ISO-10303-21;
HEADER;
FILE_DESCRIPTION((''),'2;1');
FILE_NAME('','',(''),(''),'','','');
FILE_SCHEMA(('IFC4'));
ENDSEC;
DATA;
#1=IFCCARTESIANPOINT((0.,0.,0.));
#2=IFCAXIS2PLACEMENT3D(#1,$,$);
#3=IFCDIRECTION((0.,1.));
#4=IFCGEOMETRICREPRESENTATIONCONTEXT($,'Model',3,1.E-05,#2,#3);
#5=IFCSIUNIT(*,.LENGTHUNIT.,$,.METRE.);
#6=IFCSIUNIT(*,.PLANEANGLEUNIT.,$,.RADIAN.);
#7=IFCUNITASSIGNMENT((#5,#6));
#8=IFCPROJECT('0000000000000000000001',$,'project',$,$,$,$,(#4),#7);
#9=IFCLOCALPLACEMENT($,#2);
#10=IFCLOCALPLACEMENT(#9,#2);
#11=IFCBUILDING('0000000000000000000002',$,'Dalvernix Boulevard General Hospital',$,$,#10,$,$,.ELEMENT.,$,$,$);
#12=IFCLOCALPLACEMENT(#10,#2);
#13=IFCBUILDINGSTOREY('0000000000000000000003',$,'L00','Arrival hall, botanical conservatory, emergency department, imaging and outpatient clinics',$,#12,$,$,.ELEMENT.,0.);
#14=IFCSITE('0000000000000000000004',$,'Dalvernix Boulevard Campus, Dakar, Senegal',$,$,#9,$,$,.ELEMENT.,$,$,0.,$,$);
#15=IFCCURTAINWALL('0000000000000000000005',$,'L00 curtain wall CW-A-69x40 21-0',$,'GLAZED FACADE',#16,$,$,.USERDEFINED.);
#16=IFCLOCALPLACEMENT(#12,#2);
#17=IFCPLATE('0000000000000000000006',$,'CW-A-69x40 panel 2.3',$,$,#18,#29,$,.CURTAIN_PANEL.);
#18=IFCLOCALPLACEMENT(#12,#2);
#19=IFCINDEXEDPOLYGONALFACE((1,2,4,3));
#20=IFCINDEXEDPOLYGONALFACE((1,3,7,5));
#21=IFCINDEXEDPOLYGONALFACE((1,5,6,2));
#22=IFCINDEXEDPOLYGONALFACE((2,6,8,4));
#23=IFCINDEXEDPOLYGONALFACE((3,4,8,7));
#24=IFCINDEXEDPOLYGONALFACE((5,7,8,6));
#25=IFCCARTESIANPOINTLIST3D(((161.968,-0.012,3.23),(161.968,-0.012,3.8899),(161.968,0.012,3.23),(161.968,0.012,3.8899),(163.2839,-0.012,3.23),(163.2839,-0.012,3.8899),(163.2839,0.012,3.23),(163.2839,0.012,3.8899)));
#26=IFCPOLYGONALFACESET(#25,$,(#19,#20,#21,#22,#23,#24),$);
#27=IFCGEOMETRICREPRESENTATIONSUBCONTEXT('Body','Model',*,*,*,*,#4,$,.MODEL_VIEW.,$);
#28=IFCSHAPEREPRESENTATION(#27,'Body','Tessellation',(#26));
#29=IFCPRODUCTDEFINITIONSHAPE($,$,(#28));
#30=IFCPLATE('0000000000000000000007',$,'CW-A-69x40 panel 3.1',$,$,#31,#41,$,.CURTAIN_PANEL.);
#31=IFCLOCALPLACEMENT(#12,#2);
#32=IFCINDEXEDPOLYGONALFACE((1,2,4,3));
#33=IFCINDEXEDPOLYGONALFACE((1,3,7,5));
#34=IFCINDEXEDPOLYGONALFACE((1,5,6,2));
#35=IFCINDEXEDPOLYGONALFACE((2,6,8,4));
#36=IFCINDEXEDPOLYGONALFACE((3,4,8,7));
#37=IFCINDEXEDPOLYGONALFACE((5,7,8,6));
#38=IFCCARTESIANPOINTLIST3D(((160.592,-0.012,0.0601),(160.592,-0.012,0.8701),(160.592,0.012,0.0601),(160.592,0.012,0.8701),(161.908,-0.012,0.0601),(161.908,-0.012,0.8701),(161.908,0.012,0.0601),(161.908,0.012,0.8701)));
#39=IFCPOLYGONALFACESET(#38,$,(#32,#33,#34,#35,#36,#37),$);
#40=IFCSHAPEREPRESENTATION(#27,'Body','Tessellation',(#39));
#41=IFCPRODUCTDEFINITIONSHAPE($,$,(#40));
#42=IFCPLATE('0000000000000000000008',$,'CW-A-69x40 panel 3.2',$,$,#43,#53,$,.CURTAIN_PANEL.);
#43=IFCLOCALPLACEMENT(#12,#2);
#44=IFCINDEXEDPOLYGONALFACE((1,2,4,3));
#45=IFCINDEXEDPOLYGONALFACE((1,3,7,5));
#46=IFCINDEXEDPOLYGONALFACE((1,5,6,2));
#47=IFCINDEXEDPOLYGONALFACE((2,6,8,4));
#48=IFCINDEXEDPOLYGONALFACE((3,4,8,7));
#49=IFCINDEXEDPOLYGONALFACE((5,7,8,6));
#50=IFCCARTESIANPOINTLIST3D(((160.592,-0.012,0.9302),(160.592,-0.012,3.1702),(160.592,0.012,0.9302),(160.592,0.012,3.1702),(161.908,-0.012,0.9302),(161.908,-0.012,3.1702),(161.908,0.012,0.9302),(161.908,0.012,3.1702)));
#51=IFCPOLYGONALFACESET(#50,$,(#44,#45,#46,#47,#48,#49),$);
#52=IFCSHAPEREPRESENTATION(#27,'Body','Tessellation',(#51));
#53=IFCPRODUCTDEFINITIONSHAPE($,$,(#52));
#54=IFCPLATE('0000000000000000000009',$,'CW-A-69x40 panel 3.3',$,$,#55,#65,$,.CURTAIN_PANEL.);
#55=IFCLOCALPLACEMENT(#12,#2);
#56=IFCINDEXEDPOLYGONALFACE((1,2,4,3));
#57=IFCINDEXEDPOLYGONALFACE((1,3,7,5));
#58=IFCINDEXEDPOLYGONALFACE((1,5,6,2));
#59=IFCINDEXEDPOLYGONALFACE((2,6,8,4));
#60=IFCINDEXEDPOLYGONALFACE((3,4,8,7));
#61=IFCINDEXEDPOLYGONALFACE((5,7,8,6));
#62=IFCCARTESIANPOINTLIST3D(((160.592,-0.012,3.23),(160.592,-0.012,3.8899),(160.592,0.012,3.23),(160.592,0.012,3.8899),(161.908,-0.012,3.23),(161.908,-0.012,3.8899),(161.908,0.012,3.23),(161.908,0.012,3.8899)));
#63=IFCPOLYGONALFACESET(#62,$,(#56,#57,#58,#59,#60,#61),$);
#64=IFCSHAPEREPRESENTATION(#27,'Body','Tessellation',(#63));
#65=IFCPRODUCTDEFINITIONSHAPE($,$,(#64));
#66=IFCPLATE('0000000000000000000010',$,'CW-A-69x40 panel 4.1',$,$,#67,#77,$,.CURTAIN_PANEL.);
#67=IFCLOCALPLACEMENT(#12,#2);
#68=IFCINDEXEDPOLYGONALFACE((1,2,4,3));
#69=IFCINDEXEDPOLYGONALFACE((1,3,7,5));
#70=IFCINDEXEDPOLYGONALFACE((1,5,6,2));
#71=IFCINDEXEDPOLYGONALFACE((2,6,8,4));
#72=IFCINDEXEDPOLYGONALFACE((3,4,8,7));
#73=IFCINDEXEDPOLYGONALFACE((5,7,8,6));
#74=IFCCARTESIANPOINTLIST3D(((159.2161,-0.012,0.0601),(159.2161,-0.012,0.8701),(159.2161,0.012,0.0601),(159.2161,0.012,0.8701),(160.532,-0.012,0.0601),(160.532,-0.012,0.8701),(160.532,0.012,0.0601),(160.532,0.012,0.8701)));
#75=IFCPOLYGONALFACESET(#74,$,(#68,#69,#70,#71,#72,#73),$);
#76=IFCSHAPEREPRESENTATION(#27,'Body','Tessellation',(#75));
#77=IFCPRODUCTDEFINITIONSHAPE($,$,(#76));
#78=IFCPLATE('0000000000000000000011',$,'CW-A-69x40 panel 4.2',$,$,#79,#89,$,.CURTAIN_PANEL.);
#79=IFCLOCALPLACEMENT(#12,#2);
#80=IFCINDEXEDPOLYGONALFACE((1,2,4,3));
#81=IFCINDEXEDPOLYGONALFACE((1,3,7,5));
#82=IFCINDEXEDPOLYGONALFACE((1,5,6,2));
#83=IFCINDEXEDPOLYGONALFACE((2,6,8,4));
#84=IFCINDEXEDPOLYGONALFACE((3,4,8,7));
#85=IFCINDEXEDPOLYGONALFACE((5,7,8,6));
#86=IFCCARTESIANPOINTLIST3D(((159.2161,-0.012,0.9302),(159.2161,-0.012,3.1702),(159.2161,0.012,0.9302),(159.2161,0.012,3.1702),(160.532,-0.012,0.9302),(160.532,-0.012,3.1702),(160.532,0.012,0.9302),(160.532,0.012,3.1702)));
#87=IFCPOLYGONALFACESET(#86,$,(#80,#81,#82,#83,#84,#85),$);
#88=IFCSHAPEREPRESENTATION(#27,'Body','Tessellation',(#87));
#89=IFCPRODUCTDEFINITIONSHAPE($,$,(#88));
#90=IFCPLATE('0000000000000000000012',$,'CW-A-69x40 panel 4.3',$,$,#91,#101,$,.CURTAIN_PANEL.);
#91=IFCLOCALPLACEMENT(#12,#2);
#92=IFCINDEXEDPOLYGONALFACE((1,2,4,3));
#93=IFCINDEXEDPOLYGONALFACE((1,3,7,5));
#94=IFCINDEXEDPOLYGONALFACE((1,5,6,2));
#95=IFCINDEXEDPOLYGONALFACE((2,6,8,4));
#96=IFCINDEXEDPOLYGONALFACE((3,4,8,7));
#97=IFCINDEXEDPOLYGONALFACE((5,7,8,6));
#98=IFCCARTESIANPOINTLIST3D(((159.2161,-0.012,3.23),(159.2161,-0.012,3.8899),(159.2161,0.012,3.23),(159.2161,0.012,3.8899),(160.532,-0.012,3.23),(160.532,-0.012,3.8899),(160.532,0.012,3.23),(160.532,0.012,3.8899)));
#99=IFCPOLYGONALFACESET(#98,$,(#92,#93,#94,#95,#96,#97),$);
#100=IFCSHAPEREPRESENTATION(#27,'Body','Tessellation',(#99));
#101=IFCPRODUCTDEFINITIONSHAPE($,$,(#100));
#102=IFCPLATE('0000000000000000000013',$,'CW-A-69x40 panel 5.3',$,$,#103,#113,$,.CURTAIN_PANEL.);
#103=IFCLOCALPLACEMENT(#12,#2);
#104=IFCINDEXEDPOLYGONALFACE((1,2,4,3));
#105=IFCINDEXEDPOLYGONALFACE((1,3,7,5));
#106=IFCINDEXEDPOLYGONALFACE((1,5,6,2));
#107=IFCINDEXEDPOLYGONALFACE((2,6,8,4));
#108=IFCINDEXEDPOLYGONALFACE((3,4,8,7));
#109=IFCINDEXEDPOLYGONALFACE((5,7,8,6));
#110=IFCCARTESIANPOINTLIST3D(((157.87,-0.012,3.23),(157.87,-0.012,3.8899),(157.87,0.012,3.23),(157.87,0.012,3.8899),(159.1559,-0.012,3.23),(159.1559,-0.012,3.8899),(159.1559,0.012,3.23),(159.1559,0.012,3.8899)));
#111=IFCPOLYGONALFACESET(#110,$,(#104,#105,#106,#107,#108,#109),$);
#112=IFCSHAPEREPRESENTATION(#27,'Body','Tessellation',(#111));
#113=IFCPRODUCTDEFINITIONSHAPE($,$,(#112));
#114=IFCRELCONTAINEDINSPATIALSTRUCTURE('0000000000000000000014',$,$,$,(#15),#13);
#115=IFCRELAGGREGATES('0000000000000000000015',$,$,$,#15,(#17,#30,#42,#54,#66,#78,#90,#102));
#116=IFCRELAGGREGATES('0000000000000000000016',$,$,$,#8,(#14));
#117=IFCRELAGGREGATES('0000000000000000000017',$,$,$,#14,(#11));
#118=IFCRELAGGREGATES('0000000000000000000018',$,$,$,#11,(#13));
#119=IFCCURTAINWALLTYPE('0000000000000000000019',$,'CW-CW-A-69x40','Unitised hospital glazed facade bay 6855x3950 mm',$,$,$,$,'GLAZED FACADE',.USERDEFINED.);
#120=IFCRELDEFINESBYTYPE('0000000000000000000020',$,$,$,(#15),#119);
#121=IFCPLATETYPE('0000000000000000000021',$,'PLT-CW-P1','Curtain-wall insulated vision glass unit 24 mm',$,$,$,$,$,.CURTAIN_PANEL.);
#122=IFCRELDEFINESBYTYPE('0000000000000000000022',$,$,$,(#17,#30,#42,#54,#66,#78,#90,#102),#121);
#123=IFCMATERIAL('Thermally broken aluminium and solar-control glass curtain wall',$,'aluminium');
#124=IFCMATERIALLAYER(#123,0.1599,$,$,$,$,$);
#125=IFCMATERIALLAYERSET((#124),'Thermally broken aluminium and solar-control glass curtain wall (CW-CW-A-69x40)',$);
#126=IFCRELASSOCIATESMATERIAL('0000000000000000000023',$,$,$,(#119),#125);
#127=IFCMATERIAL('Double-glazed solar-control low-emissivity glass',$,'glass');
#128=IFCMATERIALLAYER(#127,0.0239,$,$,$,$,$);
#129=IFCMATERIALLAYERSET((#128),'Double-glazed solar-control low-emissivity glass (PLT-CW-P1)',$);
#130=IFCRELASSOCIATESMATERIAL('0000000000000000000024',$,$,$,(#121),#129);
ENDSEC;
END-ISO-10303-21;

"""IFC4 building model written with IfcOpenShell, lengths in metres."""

from ifc_helpers import new_model, si_unit, direction, frame, origin, origin_2d, place, context, subcontext, project, spatial, rectangle, extrude, material, layer, layer_set, type_object, element, aggregate, save


model = new_model("IFC4")

# Units and contexts
model_context = context("Model", 3, precision=1e-05, world=origin(), true_north=direction((0.0, 1.0)))
body_context = subcontext(model_context, "Body", "Model", "MODEL_VIEW")
ifc_project = project(units=[si_unit("LENGTHUNIT", "METRE"), si_unit("PLANEANGLEUNIT", "RADIAN")], contexts=[model_context])

# Site, building, storey
site_placement = place(None, origin())
site = spatial("IfcSite", under=ifc_project, at=site_placement, Name="Dalvernix Boulevard Campus, Dakar, Senegal", CompositionType="ELEMENT", RefElevation=0.0)
building_placement = place(site_placement, origin())
building = spatial("IfcBuilding", under=site, at=building_placement, Name="Dalvernix Boulevard General Hospital", CompositionType="ELEMENT")
storey_placement = place(building_placement, origin())
storey = spatial("IfcBuildingStorey", under=building, at=storey_placement, Name="L00", Description="Arrival hall, botanical conservatory, emergency department, imaging and outpatient clinics", CompositionType="ELEMENT", Elevation=0.0)

# Curtain wall, plates
ifc_material_1 = material(Name="Thermally broken aluminium and solar-control glass curtain wall", Category="aluminium")
ifc_layer_1 = layer(ifc_material_1, 0.1599)
ifc_layer_set_1 = layer_set([ifc_layer_1], Name="Thermally broken aluminium and solar-control glass curtain wall (CW-CW-A-69x40)")
curtain_wall_type = type_object("IfcCurtainWallType", Name="CW-CW-A-69x40", Description="Unitised hospital glazed facade bay 6855x3950 mm", ElementType="GLAZED FACADE", PredefinedType="USERDEFINED", material=ifc_layer_set_1)
curtain_wall_placement = place(storey_placement, origin())
curtain_wall = element("IfcCurtainWall", 1, at=curtain_wall_placement, inside=storey, type_object=curtain_wall_type, Name="L00 curtain wall CW-A-69x40 21-0", ObjectType="GLAZED FACADE", PredefinedType="USERDEFINED")
ifc_material_2 = material(Name="Double-glazed solar-control low-emissivity glass", Category="glass")
ifc_layer_2 = layer(ifc_material_2, 0.0239)
ifc_layer_set_2 = layer_set([ifc_layer_2], Name="Double-glazed solar-control low-emissivity glass (PLT-CW-P1)")
plate_type = type_object("IfcPlateType", Name="PLT-CW-P1", Description="Curtain-wall insulated vision glass unit 24 mm", PredefinedType="CURTAIN_PANEL", material=ifc_layer_set_2)
plate_1_placement = place(storey_placement, frame((162.626, 0.0, 3.23), z_axis=(0.0, 0.0, 1.0), x_axis=(-1.0, 0.0, 0.0)))
plate_1 = element("IfcPlate", 2, at=plate_1_placement, type_object=plate_type, Name="CW-A-69x40 panel 2.3", PredefinedType="CURTAIN_PANEL", context=body_context, shape_type="SweptSolid", body=[
    extrude(rectangle(XDim=1.3159, YDim=0.0239, at=origin_2d()), origin(), (0.0, 0.0, 1.0), 0.6599),
])
plate_2_placement = place(storey_placement, frame((161.25, 0.0, 0.0601), z_axis=(0.0, 0.0, 1.0), x_axis=(-1.0, 0.0, 0.0)))
plate_2 = element("IfcPlate", 3, at=plate_2_placement, type_object=plate_type, Name="CW-A-69x40 panel 3.1", PredefinedType="CURTAIN_PANEL", context=body_context, shape_type="SweptSolid", body=[
    extrude(rectangle(XDim=1.3159, YDim=0.0239, at=origin_2d()), origin(), (0.0, 0.0, 1.0), 0.8101),
])
plate_3_placement = place(storey_placement, frame((161.25, 0.0, 0.9302), z_axis=(0.0, 0.0, 1.0), x_axis=(-1.0, 0.0, 0.0)))
plate_3 = element("IfcPlate", 4, at=plate_3_placement, type_object=plate_type, Name="CW-A-69x40 panel 3.2", PredefinedType="CURTAIN_PANEL", context=body_context, shape_type="SweptSolid", body=[
    extrude(rectangle(XDim=1.3159, YDim=0.0239, at=origin_2d()), origin(), (0.0, 0.0, 1.0), 2.24),
])
plate_4_placement = place(storey_placement, frame((161.25, 0.0, 3.23), z_axis=(0.0, 0.0, 1.0), x_axis=(-1.0, 0.0, 0.0)))
plate_4 = element("IfcPlate", 5, at=plate_4_placement, type_object=plate_type, Name="CW-A-69x40 panel 3.3", PredefinedType="CURTAIN_PANEL", context=body_context, shape_type="SweptSolid", body=[
    extrude(rectangle(XDim=1.3159, YDim=0.0239, at=origin_2d()), origin(), (0.0, 0.0, 1.0), 0.6599),
])
plate_5_placement = place(storey_placement, frame((159.874, 0.0, 0.0601), z_axis=(0.0, 0.0, 1.0), x_axis=(-1.0, 0.0, 0.0)))
plate_5 = element("IfcPlate", 6, at=plate_5_placement, type_object=plate_type, Name="CW-A-69x40 panel 4.1", PredefinedType="CURTAIN_PANEL", context=body_context, shape_type="SweptSolid", body=[
    extrude(rectangle(XDim=1.3159, YDim=0.0239, at=origin_2d()), origin(), (0.0, 0.0, 1.0), 0.8101),
])
plate_6_placement = place(storey_placement, frame((159.874, 0.0, 0.9302), z_axis=(0.0, 0.0, 1.0), x_axis=(-1.0, 0.0, 0.0)))
plate_6 = element("IfcPlate", 7, at=plate_6_placement, type_object=plate_type, Name="CW-A-69x40 panel 4.2", PredefinedType="CURTAIN_PANEL", context=body_context, shape_type="SweptSolid", body=[
    extrude(rectangle(XDim=1.3159, YDim=0.0239, at=origin_2d()), origin(), (0.0, 0.0, 1.0), 2.24),
])
plate_7_placement = place(storey_placement, frame((159.874, 0.0, 3.23), z_axis=(0.0, 0.0, 1.0), x_axis=(-1.0, 0.0, 0.0)))
plate_7 = element("IfcPlate", 8, at=plate_7_placement, type_object=plate_type, Name="CW-A-69x40 panel 4.3", PredefinedType="CURTAIN_PANEL", context=body_context, shape_type="SweptSolid", body=[
    extrude(rectangle(XDim=1.3159, YDim=0.0239, at=origin_2d()), origin(), (0.0, 0.0, 1.0), 0.6599),
])
plate_8_placement = place(storey_placement, frame((158.5129, 0.0, 3.23), z_axis=(0.0, 0.0, 1.0), x_axis=(-1.0, 0.0, 0.0)))
plate_8 = element("IfcPlate", 9, at=plate_8_placement, type_object=plate_type, Name="CW-A-69x40 panel 5.3", PredefinedType="CURTAIN_PANEL", context=body_context, shape_type="SweptSolid", body=[
    extrude(rectangle(XDim=1.2859, YDim=0.0239, at=origin_2d()), origin(), (0.0, 0.0, 1.0), 0.6599),
])
aggregate(curtain_wall, [plate_1, plate_2, plate_3, plate_4, plate_5, plate_6, plate_7, plate_8])

save(model, "model.ifc")
